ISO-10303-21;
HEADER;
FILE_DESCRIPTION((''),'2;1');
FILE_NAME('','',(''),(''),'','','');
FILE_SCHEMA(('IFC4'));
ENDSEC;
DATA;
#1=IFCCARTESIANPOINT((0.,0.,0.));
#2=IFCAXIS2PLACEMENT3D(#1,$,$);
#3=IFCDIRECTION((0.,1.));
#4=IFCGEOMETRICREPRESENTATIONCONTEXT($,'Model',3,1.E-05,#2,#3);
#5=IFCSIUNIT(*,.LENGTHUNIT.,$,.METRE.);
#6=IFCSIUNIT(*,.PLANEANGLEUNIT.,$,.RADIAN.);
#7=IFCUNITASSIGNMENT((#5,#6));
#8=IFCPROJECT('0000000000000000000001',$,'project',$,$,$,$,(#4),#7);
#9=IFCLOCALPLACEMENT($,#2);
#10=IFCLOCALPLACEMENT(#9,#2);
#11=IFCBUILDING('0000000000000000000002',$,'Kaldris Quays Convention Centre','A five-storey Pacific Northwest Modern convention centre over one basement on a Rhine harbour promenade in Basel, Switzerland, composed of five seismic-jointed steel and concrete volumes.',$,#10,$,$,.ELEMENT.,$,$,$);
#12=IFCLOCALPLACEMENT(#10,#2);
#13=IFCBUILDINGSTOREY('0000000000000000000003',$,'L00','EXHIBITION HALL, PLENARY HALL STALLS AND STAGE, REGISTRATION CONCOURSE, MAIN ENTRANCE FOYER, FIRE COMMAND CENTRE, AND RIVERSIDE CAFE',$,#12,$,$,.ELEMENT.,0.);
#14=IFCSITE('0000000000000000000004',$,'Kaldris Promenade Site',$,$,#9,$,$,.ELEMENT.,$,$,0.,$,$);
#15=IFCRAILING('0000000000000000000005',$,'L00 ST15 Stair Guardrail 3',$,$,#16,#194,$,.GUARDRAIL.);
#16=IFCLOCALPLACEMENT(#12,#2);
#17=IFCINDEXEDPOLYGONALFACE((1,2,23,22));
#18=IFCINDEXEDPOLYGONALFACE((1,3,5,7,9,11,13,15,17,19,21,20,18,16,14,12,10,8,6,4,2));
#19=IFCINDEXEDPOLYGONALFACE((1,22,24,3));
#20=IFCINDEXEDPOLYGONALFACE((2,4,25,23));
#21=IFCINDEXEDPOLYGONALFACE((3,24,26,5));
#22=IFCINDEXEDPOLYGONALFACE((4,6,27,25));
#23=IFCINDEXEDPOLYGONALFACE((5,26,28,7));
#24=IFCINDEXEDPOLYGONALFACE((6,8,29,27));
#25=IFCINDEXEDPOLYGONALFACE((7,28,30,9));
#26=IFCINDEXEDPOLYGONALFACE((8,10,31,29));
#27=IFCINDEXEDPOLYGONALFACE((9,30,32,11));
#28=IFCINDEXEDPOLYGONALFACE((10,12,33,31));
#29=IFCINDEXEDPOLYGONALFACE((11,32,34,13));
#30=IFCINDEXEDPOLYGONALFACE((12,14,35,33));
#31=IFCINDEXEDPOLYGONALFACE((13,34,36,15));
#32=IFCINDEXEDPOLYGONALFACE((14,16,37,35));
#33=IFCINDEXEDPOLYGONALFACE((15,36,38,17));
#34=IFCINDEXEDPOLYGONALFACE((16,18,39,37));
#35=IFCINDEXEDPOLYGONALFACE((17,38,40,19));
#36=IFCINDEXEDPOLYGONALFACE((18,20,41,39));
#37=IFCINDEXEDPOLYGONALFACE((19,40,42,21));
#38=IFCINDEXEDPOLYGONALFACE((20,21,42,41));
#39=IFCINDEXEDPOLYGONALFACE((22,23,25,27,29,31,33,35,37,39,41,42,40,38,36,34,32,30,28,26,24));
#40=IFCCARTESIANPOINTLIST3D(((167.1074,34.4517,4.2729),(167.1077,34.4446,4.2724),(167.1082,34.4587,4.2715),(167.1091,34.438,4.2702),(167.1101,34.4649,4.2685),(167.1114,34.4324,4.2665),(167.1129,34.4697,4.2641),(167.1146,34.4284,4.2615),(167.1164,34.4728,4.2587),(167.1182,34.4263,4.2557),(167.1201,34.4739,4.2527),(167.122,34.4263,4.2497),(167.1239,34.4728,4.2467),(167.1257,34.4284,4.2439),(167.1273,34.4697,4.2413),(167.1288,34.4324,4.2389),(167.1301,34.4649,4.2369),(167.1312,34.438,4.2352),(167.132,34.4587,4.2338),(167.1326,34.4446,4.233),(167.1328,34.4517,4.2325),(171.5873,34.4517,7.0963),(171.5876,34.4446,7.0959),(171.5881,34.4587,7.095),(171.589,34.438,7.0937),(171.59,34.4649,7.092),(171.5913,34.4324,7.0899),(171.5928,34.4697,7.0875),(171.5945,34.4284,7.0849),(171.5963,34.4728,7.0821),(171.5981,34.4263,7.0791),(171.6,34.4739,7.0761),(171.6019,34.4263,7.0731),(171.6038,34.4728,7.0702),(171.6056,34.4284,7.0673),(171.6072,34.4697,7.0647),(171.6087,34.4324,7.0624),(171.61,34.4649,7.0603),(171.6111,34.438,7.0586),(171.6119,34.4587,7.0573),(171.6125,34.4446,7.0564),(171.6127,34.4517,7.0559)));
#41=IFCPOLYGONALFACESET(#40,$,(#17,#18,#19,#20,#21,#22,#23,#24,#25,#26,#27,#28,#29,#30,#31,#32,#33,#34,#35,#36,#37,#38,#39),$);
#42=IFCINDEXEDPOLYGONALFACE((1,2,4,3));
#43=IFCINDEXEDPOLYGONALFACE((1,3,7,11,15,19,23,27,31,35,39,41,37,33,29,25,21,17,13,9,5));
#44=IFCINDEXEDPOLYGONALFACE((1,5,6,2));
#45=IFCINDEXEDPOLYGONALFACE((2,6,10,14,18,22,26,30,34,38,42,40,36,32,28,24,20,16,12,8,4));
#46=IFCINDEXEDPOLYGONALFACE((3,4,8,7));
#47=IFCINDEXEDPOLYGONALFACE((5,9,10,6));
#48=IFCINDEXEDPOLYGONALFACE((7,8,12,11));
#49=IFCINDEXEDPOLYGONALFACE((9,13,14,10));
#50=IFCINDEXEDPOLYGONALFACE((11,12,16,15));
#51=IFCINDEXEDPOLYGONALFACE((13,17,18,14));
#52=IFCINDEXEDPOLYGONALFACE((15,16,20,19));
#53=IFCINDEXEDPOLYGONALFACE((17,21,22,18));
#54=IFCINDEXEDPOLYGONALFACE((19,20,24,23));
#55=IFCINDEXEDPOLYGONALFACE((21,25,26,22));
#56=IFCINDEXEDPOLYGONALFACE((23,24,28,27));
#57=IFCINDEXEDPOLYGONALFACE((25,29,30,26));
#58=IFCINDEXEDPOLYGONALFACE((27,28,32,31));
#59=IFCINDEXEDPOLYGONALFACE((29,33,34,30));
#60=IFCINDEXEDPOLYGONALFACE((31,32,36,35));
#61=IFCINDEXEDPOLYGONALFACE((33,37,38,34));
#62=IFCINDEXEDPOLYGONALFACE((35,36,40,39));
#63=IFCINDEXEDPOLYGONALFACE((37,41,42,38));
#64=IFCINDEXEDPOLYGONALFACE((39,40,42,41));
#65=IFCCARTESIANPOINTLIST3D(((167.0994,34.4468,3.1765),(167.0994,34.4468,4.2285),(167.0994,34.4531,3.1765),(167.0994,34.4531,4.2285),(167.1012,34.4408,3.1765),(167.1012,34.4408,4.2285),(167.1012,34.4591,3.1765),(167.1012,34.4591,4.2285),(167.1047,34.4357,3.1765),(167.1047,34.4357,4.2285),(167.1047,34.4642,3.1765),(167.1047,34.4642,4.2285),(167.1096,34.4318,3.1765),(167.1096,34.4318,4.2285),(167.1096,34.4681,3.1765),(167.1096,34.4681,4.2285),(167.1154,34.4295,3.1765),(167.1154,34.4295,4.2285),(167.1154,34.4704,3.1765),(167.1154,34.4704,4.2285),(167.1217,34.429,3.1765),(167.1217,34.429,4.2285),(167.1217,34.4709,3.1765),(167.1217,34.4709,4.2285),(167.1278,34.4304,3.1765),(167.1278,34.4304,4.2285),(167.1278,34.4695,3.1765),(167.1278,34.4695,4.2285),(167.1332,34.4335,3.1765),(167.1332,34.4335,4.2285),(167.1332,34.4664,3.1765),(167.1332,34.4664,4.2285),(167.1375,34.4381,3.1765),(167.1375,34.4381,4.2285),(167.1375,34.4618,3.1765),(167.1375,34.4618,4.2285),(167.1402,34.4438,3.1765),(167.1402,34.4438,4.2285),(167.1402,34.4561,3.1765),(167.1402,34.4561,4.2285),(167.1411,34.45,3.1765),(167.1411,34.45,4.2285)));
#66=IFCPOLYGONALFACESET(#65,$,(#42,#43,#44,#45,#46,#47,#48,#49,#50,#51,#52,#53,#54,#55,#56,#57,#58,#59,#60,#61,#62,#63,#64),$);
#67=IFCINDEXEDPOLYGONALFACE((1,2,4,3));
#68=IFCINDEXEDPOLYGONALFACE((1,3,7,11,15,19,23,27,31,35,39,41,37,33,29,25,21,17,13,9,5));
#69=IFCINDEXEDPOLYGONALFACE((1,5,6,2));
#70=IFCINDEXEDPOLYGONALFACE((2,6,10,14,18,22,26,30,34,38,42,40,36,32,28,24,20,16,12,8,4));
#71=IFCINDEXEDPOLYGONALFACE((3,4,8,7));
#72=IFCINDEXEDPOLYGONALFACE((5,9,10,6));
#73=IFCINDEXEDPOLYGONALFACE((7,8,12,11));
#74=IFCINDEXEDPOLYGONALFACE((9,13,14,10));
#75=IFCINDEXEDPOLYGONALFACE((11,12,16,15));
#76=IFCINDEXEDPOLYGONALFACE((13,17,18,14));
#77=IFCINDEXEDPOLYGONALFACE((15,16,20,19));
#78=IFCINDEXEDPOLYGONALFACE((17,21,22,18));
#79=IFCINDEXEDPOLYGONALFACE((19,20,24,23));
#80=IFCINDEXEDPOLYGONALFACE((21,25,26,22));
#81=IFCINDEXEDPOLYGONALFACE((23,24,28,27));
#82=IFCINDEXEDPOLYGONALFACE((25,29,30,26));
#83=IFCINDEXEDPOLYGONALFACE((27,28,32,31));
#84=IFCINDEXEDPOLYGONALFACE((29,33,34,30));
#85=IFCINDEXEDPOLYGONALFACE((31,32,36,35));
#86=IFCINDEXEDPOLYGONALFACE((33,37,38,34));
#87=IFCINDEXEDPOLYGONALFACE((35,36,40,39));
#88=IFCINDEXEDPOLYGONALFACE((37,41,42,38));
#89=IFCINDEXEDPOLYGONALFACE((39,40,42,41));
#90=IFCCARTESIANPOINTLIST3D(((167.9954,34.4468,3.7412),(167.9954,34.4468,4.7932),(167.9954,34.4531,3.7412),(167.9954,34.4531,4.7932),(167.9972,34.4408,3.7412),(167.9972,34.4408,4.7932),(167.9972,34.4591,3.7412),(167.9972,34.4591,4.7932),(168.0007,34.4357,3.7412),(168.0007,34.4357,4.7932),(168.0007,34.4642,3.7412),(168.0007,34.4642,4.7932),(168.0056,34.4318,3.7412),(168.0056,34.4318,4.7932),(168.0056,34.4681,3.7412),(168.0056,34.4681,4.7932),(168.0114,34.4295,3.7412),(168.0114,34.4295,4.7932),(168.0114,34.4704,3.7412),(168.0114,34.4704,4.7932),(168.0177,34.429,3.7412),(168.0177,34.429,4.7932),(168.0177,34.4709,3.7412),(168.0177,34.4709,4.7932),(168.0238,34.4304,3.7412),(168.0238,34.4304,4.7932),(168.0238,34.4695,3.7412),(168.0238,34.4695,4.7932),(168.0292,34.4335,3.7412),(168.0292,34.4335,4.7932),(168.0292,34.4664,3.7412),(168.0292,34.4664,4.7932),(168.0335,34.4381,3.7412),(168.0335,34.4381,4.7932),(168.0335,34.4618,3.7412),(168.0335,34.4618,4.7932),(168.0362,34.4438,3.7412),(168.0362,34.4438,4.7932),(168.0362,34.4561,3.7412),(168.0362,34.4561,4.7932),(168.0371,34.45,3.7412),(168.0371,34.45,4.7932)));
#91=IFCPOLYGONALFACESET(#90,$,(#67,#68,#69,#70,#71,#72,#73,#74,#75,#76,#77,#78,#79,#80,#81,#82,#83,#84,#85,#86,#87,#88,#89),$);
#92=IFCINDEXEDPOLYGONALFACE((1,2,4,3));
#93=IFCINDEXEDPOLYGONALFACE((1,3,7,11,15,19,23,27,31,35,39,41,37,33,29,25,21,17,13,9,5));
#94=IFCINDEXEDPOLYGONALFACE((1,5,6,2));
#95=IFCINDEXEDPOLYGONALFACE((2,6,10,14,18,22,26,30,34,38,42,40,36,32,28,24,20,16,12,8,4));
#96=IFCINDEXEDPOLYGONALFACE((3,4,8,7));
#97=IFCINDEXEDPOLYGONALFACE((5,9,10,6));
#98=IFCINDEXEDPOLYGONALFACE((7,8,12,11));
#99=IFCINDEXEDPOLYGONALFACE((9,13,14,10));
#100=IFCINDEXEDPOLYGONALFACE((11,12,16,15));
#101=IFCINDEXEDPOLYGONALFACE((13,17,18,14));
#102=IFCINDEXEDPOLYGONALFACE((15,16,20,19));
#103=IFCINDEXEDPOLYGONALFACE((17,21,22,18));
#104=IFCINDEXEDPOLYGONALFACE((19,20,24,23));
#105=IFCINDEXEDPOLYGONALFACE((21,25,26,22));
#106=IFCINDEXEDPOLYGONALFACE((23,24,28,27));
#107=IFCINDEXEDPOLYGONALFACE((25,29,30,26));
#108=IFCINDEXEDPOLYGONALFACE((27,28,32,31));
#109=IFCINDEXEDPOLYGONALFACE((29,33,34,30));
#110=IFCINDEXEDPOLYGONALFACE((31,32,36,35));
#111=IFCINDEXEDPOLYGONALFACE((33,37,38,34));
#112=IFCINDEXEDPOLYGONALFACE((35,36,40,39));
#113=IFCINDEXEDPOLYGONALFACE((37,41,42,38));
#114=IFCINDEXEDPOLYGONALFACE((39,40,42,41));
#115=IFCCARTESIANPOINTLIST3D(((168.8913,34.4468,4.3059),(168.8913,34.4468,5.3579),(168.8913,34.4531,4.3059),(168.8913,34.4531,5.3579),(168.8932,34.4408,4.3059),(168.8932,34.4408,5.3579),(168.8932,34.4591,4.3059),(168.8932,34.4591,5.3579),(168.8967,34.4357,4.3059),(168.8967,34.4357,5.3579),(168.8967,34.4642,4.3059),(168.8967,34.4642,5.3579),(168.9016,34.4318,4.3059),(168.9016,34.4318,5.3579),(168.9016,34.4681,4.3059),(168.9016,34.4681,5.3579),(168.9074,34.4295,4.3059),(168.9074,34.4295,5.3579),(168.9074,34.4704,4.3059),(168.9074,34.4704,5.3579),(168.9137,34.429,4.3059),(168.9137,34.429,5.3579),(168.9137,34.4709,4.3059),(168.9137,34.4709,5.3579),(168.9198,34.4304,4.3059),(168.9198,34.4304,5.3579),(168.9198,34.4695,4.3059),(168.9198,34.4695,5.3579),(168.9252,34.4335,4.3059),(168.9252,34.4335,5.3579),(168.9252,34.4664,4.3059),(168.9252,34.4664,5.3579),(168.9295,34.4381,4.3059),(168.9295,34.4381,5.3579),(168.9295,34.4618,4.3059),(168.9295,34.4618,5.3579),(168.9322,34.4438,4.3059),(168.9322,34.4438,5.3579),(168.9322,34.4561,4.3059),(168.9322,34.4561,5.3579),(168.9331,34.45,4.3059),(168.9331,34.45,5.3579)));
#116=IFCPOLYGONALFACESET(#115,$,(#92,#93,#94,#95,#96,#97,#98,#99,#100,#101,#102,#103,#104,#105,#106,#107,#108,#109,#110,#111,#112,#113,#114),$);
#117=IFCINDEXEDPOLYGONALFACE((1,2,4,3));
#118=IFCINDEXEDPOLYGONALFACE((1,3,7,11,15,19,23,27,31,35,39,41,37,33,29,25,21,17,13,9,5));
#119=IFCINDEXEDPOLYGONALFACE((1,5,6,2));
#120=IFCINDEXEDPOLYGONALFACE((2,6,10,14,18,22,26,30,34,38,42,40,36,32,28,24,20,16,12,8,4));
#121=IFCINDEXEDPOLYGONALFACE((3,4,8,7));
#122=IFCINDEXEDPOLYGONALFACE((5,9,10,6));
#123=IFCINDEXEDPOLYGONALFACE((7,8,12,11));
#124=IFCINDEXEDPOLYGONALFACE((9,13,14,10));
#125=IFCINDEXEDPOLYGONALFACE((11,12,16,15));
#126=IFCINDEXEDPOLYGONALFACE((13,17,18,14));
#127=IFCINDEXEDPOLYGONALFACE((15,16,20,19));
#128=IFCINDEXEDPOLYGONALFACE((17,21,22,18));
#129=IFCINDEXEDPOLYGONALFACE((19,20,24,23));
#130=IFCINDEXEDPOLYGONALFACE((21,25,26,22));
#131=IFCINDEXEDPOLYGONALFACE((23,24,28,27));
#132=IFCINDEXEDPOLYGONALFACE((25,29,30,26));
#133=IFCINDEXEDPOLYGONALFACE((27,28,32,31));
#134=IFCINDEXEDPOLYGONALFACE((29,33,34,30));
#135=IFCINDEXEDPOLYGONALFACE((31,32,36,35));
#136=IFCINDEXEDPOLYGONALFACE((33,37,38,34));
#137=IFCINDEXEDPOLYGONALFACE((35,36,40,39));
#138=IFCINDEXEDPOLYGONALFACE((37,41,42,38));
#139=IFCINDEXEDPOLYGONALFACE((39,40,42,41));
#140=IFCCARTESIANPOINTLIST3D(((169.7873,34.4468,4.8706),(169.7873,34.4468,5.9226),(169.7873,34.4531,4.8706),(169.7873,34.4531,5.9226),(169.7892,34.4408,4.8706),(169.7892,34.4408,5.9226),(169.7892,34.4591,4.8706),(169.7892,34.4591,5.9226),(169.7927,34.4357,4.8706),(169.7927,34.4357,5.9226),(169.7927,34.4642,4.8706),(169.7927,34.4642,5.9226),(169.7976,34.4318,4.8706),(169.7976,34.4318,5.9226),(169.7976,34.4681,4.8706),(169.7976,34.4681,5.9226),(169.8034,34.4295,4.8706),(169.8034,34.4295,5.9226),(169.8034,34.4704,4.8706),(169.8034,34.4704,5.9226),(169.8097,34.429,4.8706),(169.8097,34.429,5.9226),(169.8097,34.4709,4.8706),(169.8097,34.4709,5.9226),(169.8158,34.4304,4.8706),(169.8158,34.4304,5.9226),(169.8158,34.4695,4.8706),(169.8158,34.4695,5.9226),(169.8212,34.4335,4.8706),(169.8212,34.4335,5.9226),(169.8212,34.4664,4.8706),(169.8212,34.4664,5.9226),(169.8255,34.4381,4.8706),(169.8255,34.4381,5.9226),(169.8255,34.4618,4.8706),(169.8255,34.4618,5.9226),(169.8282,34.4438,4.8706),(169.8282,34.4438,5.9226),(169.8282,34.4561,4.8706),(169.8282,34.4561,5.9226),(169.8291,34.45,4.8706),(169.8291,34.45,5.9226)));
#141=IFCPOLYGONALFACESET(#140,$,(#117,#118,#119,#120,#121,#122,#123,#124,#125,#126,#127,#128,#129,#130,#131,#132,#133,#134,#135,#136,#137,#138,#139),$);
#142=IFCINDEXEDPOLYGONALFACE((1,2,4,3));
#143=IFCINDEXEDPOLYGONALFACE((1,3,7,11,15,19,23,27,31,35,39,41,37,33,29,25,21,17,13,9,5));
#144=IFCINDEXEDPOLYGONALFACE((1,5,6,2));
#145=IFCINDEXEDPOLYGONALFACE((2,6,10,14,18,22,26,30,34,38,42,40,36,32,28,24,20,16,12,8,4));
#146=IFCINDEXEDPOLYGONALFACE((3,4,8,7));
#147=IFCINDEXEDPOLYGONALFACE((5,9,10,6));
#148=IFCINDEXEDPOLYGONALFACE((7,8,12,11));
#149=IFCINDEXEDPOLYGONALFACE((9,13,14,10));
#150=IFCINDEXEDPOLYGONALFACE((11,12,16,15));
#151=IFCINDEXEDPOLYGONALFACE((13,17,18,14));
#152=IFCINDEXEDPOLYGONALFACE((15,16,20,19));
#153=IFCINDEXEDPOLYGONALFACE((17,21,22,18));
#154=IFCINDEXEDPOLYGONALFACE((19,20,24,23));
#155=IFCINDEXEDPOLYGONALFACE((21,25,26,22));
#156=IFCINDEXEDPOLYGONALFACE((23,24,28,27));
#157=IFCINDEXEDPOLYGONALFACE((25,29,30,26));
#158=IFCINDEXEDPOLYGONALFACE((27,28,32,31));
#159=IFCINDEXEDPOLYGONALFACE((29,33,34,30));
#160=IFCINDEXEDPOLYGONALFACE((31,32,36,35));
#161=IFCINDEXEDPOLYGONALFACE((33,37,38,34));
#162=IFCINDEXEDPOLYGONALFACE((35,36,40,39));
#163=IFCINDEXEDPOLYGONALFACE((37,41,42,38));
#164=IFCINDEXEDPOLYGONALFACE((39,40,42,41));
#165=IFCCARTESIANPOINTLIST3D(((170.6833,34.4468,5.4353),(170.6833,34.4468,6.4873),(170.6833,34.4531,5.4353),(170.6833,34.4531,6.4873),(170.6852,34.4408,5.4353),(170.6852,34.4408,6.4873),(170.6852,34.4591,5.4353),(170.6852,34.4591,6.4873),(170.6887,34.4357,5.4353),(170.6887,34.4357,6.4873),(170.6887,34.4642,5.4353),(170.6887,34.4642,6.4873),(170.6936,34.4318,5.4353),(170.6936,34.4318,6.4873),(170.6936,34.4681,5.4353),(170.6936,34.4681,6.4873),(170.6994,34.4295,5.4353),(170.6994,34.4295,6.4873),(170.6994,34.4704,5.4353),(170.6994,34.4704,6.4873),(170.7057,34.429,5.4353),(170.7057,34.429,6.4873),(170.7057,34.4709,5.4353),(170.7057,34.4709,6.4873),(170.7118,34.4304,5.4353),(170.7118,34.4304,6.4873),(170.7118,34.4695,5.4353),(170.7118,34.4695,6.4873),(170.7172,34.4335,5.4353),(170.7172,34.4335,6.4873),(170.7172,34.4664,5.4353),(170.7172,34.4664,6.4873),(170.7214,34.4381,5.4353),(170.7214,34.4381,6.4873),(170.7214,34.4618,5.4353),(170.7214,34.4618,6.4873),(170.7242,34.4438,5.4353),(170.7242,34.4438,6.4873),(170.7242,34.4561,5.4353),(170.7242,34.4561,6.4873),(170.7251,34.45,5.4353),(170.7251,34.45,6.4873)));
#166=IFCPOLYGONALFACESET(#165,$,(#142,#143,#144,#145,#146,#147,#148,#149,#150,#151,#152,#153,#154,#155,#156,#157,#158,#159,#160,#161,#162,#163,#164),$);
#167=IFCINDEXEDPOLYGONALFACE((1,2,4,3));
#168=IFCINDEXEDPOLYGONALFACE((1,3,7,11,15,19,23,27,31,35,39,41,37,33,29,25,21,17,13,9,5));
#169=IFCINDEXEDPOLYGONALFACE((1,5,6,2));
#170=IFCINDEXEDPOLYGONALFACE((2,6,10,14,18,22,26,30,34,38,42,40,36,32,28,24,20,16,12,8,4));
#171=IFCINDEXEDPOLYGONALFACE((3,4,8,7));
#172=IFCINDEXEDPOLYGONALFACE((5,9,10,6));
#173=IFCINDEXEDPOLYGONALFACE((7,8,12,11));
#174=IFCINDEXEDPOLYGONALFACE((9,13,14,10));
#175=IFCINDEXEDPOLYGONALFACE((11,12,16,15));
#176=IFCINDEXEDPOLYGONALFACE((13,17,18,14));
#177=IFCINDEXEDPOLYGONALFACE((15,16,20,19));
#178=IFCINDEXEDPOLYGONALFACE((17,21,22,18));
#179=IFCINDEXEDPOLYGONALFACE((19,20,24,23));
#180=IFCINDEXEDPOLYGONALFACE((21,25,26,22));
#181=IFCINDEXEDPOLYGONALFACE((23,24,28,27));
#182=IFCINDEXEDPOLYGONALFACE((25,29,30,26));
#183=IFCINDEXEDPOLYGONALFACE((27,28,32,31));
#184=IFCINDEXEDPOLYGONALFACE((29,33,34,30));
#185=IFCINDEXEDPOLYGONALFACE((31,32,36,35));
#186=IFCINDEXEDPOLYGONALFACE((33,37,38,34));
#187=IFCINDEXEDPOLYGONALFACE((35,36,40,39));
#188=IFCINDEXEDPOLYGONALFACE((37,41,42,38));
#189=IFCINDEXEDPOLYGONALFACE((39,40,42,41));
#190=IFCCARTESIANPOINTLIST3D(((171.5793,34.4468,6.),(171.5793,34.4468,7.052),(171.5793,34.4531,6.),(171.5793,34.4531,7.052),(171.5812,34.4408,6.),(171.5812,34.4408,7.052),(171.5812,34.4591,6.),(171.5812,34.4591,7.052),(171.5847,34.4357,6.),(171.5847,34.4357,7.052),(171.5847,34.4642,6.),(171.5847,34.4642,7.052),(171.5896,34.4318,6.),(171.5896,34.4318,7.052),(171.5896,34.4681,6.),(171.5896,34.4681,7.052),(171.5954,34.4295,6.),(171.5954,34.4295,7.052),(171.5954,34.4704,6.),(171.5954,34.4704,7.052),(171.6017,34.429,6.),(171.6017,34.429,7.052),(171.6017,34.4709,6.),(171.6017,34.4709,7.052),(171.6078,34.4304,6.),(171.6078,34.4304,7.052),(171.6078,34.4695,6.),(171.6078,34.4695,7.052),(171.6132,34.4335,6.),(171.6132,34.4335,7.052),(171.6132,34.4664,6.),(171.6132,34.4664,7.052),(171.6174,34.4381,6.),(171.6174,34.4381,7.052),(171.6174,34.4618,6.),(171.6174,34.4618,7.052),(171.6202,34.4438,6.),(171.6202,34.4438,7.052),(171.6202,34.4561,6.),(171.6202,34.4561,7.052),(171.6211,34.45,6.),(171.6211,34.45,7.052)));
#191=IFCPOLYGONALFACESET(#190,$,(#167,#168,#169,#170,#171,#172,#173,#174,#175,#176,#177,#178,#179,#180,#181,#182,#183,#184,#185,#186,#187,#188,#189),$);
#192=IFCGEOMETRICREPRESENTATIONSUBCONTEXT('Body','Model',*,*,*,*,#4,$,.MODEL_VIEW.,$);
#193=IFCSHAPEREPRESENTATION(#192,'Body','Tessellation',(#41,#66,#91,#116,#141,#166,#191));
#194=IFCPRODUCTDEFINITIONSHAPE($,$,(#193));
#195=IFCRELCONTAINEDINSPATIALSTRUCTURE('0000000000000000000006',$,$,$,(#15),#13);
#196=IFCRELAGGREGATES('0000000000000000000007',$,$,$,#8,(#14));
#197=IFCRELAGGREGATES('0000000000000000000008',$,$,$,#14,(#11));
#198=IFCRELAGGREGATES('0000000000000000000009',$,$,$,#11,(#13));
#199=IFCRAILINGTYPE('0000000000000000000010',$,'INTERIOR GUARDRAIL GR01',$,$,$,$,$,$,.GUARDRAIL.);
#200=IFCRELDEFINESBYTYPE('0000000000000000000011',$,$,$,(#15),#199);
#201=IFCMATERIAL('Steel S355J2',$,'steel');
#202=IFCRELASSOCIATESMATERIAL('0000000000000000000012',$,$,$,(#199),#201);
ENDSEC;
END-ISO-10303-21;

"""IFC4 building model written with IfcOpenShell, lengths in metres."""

from ifc_helpers import new_model, si_unit, direction, frame, origin, origin_2d, place, context, subcontext, project, spatial, circle, extrude, material, type_object, element, save


model = new_model("IFC4")

# Units and contexts
model_context = context("Model", 3, precision=1e-05, world=origin(), true_north=direction((0.0, 1.0)))
body_context = subcontext(model_context, "Body", "Model", "MODEL_VIEW")
ifc_project = project(units=[si_unit("LENGTHUNIT", "METRE"), si_unit("PLANEANGLEUNIT", "RADIAN")], contexts=[model_context])

# Site, building, storey
site_placement = place(None, origin())
site = spatial("IfcSite", under=ifc_project, at=site_placement, Name="Kaldris Promenade Site", CompositionType="ELEMENT", RefElevation=0.0)
building_placement = place(site_placement, origin())
building = spatial("IfcBuilding", under=site, at=building_placement, Name="Kaldris Quays Convention Centre", Description="A five-storey Pacific Northwest Modern convention centre over one basement on a Rhine harbour promenade in Basel, Switzerland, composed of five seismic-jointed steel and concrete volumes.", CompositionType="ELEMENT")
storey_placement = place(building_placement, origin())
storey = spatial("IfcBuildingStorey", under=building, at=storey_placement, Name="L00", Description="EXHIBITION HALL, PLENARY HALL STALLS AND STAGE, REGISTRATION CONCOURSE, MAIN ENTRANCE FOYER, FIRE COMMAND CENTRE, AND RIVERSIDE CAFE", CompositionType="ELEMENT", Elevation=0.0)

# Shared definitions
ifc_material_1 = material(Name="Steel S355J2", Category="steel")

# Railing
railing_type_1 = type_object("IfcRailingType", Name="INTERIOR GUARDRAIL GR01", PredefinedType="GUARDRAIL", material=ifc_material_1)
railing_1_placement = place(storey_placement, frame((167.1201, 34.45, 3.1765)))
element("IfcRailing", 1, at=railing_1_placement, inside=storey, type_object=railing_type_1, Name="L00 ST15 Stair Guardrail 3", PredefinedType="GUARDRAIL", context=body_context, shape_type="SweptSolid", body=[
    extrude(circle(Radius=0.0239, at=origin_2d()), frame((0.0, 0.0, 1.0762), z_axis=(0.845998, 0.0, 0.533186), x_axis=(0.0, 1.0, 0.0)), (0.0, 0.0, 1.0), 5.2954),
    extrude(circle(Radius=0.021, at=origin_2d()), origin(), (0.0, 0.0, 1.0), 1.052),
    extrude(circle(Radius=0.021, at=origin_2d()), frame((0.896, 0.0, 0.5647)), (0.0, 0.0, 1.0), 1.052),
    extrude(circle(Radius=0.021, at=origin_2d()), frame((1.792, 0.0, 1.1294)), (0.0, 0.0, 1.0), 1.052),
    extrude(circle(Radius=0.021, at=origin_2d()), frame((2.688, 0.0, 1.6941)), (0.0, 0.0, 1.0), 1.052),
    extrude(circle(Radius=0.021, at=origin_2d()), frame((3.584, 0.0, 2.2588)), (0.0, 0.0, 1.0), 1.052),
    extrude(circle(Radius=0.021, at=origin_2d()), frame((4.48, 0.0, 2.8235)), (0.0, 0.0, 1.0), 1.052),
])

save(model, "model.ifc")
